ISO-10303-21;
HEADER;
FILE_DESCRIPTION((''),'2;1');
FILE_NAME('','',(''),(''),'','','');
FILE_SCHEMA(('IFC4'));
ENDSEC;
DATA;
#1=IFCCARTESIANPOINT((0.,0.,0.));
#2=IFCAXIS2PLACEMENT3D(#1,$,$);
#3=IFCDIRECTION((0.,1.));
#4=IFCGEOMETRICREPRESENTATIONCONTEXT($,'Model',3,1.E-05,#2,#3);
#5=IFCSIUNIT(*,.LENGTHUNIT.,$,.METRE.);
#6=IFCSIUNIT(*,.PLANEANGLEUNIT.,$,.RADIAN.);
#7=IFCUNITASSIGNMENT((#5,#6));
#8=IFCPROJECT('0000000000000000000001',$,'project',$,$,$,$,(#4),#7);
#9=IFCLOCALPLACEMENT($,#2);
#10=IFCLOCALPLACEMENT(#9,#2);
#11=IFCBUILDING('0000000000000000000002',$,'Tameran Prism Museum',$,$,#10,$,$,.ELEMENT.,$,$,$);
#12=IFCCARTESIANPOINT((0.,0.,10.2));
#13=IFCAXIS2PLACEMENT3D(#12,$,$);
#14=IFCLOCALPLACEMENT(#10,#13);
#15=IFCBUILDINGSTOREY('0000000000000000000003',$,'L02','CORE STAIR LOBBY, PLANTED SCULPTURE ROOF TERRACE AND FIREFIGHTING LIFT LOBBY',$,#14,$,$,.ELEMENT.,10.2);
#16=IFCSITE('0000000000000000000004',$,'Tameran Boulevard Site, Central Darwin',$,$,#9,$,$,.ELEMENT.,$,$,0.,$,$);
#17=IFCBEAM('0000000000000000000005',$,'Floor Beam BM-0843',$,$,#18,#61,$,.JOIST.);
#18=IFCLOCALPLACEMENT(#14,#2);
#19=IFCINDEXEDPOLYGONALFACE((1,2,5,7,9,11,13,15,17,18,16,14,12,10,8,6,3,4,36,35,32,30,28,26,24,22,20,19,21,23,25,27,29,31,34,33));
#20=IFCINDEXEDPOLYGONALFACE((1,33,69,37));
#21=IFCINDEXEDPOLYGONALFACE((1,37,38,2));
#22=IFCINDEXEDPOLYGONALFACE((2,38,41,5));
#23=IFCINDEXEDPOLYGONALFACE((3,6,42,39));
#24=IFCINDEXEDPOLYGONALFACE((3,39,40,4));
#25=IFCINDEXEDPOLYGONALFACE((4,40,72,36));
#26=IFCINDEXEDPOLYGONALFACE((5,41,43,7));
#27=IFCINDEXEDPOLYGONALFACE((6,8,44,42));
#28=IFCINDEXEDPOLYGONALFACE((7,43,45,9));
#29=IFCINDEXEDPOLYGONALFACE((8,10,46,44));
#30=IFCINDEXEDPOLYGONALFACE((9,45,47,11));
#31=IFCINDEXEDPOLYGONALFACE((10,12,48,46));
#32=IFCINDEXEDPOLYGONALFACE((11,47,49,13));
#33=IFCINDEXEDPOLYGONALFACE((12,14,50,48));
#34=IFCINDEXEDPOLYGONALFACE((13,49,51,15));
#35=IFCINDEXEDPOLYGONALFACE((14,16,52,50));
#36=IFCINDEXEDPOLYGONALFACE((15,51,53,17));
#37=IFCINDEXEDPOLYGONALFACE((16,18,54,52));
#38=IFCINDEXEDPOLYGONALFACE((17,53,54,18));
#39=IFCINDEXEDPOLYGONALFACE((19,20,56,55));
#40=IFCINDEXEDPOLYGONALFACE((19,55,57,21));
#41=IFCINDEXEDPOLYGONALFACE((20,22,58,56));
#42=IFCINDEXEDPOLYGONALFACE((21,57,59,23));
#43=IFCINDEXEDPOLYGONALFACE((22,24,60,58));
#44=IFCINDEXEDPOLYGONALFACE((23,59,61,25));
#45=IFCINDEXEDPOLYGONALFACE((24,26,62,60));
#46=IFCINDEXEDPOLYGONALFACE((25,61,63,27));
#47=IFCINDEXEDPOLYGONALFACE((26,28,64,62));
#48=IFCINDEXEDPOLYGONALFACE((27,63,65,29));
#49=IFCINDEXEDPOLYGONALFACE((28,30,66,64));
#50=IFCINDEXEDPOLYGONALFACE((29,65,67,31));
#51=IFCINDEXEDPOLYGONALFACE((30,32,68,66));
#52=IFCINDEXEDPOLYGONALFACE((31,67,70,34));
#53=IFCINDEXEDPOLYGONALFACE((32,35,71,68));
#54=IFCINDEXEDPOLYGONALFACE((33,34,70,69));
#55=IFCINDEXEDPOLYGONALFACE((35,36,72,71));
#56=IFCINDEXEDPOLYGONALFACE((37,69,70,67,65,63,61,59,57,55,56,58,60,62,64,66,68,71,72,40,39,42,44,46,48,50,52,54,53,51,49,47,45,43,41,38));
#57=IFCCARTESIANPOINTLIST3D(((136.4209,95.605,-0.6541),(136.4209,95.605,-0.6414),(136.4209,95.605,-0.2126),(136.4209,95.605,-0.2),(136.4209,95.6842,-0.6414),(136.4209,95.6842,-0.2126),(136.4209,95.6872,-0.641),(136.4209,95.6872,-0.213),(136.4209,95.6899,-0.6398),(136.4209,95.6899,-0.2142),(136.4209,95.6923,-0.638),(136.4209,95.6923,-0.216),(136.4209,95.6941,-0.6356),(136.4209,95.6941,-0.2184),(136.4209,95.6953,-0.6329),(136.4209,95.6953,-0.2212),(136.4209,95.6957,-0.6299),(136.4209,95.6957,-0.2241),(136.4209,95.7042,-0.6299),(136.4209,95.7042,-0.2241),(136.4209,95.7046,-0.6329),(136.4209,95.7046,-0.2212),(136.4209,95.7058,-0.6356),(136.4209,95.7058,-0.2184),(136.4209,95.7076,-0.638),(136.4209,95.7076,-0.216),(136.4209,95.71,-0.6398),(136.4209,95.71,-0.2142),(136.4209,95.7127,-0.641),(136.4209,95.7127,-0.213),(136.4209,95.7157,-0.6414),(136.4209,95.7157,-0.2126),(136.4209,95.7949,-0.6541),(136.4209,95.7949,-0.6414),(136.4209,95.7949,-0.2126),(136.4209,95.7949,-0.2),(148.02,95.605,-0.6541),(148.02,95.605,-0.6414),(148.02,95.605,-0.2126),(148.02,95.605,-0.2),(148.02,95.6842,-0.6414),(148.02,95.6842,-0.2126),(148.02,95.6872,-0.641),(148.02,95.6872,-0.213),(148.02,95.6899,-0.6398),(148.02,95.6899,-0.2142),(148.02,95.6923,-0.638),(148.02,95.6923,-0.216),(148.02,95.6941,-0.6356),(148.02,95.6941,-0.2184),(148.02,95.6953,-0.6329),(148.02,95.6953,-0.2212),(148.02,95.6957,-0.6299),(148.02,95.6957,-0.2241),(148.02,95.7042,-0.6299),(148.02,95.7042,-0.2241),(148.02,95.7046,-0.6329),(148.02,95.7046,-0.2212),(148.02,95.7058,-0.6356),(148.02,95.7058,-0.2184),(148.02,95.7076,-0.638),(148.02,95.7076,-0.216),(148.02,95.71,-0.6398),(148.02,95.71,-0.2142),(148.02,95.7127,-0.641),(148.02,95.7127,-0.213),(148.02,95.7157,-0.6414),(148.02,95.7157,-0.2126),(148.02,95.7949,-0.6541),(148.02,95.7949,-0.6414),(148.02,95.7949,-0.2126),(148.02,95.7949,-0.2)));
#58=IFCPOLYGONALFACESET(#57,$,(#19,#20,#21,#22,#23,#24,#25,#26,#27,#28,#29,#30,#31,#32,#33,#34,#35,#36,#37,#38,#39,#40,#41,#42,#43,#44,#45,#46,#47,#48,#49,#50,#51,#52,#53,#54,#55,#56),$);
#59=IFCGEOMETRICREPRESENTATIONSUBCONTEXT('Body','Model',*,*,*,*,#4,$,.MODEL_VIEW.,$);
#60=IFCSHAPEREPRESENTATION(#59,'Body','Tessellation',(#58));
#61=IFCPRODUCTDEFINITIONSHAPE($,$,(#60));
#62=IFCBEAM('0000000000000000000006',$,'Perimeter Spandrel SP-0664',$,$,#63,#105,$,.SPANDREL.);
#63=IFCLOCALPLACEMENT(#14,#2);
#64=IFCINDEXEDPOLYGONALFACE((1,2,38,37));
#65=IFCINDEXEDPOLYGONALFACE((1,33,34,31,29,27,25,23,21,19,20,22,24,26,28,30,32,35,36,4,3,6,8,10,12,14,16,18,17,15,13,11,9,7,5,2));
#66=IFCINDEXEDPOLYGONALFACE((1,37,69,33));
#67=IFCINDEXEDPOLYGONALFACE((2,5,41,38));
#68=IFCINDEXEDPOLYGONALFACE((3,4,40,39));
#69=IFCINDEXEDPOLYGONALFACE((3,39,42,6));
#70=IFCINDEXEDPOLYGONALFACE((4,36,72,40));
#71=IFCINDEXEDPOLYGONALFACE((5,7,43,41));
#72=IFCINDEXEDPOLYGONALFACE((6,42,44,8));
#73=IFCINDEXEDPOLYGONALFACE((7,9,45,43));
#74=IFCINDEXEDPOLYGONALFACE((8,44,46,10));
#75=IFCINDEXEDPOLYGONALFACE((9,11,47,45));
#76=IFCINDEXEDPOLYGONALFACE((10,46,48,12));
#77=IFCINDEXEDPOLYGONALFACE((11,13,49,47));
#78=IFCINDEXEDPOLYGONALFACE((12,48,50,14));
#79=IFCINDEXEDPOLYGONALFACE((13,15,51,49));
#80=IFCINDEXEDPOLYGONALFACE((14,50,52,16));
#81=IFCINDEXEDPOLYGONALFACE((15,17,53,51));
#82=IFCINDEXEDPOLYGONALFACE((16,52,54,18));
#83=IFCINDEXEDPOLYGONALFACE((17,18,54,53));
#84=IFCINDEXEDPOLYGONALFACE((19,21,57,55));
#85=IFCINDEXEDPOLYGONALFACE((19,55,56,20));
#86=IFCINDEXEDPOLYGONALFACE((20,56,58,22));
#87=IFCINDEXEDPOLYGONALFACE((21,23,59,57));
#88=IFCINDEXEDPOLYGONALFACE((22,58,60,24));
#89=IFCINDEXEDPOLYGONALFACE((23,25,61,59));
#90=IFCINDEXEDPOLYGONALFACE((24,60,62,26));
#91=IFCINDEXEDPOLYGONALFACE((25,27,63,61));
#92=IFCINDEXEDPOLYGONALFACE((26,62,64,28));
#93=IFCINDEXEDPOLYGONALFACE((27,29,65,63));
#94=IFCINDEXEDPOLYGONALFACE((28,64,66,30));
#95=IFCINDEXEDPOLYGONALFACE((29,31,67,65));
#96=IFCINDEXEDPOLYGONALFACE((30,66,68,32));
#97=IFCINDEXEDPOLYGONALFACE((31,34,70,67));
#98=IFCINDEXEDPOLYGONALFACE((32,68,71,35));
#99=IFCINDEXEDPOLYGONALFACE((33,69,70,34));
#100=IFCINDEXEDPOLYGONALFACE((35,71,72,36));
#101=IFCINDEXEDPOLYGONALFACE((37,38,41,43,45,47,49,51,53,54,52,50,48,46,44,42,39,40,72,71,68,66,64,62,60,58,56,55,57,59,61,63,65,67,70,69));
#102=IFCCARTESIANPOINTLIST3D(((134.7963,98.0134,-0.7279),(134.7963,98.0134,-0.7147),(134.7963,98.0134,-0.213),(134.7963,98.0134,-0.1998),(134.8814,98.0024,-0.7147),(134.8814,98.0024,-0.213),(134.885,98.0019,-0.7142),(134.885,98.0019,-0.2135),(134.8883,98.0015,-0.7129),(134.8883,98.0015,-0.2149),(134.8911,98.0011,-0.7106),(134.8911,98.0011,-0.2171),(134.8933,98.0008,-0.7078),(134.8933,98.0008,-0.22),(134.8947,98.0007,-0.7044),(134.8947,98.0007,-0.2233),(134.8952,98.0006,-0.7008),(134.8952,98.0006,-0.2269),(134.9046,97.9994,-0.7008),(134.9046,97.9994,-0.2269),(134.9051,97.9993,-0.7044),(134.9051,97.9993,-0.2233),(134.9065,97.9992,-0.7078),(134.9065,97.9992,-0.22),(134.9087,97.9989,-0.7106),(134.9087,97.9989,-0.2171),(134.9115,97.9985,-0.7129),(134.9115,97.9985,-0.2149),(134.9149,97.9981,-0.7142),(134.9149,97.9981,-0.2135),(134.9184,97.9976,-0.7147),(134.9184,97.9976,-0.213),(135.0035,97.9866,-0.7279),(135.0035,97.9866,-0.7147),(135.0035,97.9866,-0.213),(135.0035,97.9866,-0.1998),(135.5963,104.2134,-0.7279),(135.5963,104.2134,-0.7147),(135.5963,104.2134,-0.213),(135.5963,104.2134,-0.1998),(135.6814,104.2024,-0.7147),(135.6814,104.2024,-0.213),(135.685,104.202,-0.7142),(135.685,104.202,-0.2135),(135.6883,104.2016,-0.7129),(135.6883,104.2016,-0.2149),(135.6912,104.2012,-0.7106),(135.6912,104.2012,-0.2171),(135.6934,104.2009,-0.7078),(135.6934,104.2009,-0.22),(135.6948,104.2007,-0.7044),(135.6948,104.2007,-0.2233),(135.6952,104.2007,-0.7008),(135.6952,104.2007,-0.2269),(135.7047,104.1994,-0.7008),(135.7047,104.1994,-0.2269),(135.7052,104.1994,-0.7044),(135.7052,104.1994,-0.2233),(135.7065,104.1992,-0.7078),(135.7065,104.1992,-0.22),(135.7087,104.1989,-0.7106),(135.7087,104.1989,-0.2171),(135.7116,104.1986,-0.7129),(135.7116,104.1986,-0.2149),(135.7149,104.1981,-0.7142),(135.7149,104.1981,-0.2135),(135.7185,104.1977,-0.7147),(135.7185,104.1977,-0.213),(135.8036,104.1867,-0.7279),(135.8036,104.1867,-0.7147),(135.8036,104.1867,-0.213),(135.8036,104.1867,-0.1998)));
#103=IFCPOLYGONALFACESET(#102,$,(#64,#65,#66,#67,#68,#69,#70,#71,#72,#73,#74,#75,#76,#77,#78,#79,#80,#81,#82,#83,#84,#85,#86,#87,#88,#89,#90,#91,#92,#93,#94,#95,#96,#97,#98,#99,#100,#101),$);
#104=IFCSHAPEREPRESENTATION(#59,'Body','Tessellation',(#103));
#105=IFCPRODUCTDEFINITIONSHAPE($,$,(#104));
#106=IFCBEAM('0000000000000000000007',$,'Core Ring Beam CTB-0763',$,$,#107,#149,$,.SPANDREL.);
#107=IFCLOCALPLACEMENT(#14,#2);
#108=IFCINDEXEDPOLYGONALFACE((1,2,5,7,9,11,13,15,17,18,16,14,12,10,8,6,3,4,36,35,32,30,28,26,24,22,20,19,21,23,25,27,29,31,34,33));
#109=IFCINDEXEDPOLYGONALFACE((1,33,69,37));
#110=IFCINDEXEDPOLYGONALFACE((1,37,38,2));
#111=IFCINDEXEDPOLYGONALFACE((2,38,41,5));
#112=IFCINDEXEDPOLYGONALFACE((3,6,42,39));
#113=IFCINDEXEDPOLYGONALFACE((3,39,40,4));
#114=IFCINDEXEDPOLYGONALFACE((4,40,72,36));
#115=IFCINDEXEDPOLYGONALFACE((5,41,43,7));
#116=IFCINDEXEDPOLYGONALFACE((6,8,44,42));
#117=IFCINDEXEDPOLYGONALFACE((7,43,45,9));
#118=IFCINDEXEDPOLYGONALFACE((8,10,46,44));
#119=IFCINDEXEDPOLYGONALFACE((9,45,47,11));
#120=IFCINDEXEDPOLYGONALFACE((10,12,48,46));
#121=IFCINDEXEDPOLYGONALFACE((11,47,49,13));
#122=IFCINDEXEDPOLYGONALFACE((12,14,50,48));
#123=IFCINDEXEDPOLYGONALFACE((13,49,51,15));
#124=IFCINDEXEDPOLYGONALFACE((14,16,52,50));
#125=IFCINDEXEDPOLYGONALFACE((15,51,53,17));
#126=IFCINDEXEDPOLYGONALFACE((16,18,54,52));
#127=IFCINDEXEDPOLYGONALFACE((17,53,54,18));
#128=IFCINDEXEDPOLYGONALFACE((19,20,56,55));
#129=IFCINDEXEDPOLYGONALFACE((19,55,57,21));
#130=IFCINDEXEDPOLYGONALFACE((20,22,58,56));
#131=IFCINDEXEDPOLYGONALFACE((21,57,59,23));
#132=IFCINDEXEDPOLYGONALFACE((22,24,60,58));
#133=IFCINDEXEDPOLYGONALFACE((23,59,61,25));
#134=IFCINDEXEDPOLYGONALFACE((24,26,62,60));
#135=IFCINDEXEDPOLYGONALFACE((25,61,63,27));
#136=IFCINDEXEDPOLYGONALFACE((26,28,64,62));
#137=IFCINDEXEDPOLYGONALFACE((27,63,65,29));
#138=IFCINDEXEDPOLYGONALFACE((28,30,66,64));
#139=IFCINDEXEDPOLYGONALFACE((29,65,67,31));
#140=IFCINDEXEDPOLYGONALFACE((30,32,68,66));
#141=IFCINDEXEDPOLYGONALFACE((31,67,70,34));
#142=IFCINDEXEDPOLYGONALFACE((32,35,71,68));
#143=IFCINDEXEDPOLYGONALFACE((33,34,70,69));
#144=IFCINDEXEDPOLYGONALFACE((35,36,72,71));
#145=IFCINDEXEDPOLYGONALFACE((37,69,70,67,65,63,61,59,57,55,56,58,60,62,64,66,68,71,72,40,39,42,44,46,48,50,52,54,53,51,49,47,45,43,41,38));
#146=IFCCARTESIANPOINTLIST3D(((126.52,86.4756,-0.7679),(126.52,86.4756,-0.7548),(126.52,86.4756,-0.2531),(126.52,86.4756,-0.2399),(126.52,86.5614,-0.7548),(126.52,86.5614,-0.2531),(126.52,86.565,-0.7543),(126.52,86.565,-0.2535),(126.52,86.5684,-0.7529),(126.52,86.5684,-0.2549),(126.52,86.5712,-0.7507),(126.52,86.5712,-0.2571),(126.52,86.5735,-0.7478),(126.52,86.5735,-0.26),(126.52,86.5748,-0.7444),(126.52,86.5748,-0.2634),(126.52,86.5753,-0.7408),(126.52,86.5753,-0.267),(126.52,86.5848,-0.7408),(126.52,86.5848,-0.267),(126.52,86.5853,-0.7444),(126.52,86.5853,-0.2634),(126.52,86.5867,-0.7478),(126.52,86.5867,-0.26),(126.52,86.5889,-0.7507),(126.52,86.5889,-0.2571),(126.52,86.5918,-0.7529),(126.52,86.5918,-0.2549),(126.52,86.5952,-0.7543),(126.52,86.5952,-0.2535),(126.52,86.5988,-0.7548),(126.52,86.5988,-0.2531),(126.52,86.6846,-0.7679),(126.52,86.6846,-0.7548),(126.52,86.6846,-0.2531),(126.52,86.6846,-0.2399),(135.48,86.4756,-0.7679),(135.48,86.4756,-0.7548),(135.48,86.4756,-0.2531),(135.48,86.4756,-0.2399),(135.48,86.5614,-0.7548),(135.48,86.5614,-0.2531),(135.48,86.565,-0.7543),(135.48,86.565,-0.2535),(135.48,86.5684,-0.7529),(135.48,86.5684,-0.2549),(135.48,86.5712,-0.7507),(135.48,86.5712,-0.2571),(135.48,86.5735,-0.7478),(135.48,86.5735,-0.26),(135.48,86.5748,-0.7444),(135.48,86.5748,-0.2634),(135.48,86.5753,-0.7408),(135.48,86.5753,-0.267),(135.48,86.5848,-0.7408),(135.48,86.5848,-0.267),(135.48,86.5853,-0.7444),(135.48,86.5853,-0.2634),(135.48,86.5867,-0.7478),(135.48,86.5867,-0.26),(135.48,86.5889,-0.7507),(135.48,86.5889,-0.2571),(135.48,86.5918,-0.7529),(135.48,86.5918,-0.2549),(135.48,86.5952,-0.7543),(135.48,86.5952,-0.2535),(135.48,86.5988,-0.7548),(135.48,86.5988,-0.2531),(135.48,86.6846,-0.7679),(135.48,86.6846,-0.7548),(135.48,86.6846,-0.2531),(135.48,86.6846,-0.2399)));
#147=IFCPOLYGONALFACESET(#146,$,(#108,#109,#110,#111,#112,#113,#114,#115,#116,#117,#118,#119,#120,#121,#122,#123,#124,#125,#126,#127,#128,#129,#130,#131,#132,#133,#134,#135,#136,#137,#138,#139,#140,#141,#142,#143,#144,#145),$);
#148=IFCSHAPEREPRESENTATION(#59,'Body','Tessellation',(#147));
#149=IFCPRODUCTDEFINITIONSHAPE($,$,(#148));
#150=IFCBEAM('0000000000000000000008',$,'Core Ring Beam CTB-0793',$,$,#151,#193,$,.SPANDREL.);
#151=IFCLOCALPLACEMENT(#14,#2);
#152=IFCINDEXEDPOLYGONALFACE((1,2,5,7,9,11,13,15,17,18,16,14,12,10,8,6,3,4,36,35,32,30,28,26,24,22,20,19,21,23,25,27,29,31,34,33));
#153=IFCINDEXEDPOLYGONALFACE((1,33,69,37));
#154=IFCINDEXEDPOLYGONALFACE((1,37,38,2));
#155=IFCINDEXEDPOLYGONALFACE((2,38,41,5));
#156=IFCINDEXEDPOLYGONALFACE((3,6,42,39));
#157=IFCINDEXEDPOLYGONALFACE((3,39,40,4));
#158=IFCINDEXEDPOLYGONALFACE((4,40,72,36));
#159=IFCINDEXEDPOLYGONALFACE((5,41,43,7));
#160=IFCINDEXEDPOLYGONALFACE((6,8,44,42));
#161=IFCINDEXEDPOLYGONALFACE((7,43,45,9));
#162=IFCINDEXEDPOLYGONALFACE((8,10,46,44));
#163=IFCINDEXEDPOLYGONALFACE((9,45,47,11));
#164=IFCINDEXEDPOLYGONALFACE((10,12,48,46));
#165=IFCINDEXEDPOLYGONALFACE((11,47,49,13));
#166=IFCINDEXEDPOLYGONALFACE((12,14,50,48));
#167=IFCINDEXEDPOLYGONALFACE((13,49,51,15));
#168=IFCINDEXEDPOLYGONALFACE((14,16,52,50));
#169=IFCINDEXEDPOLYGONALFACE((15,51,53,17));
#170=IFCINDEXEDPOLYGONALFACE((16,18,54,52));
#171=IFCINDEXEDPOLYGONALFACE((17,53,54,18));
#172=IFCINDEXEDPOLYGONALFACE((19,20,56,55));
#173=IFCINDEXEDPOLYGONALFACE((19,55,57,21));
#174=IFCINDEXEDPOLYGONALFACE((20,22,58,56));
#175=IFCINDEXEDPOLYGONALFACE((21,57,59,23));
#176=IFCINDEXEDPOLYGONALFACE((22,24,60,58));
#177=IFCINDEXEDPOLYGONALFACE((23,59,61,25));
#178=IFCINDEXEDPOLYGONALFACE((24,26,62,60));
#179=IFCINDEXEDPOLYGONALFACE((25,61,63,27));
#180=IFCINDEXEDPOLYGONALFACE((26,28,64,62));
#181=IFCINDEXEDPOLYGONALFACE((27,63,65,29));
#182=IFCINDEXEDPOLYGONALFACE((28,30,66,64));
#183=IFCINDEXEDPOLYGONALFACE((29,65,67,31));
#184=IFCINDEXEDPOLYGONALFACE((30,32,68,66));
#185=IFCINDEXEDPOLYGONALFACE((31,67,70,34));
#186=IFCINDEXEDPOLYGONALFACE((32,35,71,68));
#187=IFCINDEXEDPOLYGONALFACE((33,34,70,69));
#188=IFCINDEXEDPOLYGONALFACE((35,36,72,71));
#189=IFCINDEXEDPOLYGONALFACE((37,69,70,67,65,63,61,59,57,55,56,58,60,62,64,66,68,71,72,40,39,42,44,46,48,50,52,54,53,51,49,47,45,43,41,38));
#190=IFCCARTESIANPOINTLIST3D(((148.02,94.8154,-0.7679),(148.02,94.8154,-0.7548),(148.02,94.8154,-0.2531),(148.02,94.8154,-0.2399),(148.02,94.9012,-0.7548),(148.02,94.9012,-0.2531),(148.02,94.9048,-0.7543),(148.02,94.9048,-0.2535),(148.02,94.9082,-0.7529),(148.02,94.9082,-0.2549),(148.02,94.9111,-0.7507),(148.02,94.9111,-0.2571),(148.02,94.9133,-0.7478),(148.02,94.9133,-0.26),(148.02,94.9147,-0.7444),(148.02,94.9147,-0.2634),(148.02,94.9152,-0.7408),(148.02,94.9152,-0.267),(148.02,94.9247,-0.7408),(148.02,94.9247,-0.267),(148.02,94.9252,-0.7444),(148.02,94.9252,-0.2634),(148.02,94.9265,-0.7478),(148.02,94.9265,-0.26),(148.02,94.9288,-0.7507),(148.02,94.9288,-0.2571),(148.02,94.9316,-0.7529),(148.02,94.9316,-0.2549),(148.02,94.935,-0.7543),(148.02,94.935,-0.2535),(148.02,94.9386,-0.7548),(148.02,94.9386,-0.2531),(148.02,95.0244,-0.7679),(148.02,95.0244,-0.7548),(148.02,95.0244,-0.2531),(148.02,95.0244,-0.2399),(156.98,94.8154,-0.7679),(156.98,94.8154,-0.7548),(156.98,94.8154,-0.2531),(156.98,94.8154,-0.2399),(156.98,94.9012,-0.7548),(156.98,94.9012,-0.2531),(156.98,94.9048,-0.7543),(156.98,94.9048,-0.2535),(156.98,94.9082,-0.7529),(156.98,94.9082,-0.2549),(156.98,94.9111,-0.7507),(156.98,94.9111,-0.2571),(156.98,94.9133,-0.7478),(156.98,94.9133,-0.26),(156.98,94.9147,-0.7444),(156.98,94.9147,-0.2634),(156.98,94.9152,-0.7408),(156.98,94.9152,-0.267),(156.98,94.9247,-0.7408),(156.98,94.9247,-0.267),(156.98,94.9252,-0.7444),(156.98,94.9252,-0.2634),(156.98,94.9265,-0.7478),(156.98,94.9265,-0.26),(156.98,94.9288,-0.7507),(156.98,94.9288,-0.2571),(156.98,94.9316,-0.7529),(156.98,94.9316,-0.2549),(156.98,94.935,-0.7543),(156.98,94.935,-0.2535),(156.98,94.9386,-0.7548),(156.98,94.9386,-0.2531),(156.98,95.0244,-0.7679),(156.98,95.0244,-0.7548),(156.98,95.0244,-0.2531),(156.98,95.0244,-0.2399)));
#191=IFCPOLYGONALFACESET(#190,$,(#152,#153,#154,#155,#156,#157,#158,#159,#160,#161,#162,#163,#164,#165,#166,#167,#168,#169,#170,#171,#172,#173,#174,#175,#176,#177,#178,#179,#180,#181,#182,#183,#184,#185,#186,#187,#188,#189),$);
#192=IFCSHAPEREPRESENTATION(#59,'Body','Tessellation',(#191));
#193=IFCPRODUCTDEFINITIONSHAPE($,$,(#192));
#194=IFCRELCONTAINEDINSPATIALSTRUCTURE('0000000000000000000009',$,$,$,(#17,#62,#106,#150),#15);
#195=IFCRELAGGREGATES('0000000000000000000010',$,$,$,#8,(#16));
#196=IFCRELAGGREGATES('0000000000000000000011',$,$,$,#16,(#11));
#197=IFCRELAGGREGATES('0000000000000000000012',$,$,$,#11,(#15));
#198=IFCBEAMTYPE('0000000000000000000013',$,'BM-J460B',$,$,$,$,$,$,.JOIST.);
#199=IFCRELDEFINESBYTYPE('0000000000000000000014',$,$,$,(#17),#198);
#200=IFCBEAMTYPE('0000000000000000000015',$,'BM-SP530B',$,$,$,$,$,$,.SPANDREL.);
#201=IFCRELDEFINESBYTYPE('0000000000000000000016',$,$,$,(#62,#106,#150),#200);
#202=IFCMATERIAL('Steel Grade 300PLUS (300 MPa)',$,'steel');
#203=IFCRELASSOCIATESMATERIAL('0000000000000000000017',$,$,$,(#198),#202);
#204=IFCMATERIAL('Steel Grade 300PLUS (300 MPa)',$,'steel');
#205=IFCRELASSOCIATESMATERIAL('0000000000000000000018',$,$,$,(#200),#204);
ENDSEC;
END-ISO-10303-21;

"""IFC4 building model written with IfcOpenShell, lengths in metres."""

from ifc_helpers import new_model, si_unit, direction, frame, origin, origin_2d, place, context, subcontext, project, spatial, i_section, extrude, material, material_profile, profile_set, type_object, element, save


model = new_model("IFC4")

# Units and contexts
model_context = context("Model", 3, precision=1e-05, world=origin(), true_north=direction((0.0, 1.0)))
body_context = subcontext(model_context, "Body", "Model", "MODEL_VIEW")
ifc_project = project(units=[si_unit("LENGTHUNIT", "METRE"), si_unit("PLANEANGLEUNIT", "RADIAN")], contexts=[model_context])

# Site, building, storey
site_placement = place(None, origin())
site = spatial("IfcSite", under=ifc_project, at=site_placement, Name="Tameran Boulevard Site, Central Darwin", CompositionType="ELEMENT", RefElevation=0.0)
building_placement = place(site_placement, origin())
building = spatial("IfcBuilding", under=site, at=building_placement, Name="Tameran Prism Museum", CompositionType="ELEMENT")
storey_placement = place(building_placement, frame((0.0, 0.0, 10.2)))
storey = spatial("IfcBuildingStorey", under=building, at=storey_placement, Name="L02", Description="CORE STAIR LOBBY, PLANTED SCULPTURE ROOF TERRACE AND FIREFIGHTING LIFT LOBBY", CompositionType="ELEMENT", Elevation=10.2)

# Beams
ifc_material_1 = material(Name="Steel Grade 300PLUS (300 MPa)", Category="steel")
ifc_material_profile_1 = material_profile(ifc_material_1, i_section(OverallWidth=0.1899, OverallDepth=0.4541, WebThickness=0.0085, FlangeThickness=0.0127, FilletRadius=0.0115, at=origin_2d()))
ifc_profile_set_1 = profile_set([ifc_material_profile_1])
beam_type_1 = type_object("IfcBeamType", Name="BM-J460B", PredefinedType="JOIST", material=ifc_profile_set_1)
beam_1_placement = place(storey_placement, frame((136.4209, 95.7, -0.427), z_axis=(1.0, 0.0, 0.0), x_axis=(0.0, 1.0, 0.0)))
element("IfcBeam", 1, at=beam_1_placement, inside=storey, type_object=beam_type_1, Name="Floor Beam BM-0843", PredefinedType="JOIST", context=body_context, shape_type="SweptSolid", body=[
    extrude(i_section(OverallWidth=0.1899, OverallDepth=0.4541, WebThickness=0.0085, FlangeThickness=0.0127, FilletRadius=0.0115, at=origin_2d()), origin(), (0.0, 0.0, 1.0), 11.5991),
])
ifc_material_2 = material(Name="Steel Grade 300PLUS (300 MPa)", Category="steel")
ifc_material_profile_2 = material_profile(ifc_material_2, i_section(OverallWidth=0.209, OverallDepth=0.5281, WebThickness=0.0095, FlangeThickness=0.0132, FilletRadius=0.0139, at=origin_2d()))
ifc_profile_set_2 = profile_set([ifc_material_profile_2])
beam_type_2 = type_object("IfcBeamType", Name="BM-SP530B", PredefinedType="SPANDREL", material=ifc_profile_set_2)
beam_2_placement = place(storey_placement, frame((134.8999, 98.0, -0.4639), z_axis=(0.12798, 0.991777, 0.0), x_axis=(-0.991777, 0.12798, 0.0)))
element("IfcBeam", 2, at=beam_2_placement, inside=storey, type_object=beam_type_2, Name="Perimeter Spandrel SP-0664", PredefinedType="SPANDREL", context=body_context, shape_type="SweptSolid", body=[
    extrude(i_section(OverallWidth=0.209, OverallDepth=0.5281, WebThickness=0.0095, FlangeThickness=0.0132, FilletRadius=0.0139, at=origin_2d()), origin(), (0.0, 0.0, 1.0), 6.2515),
])
for number, where, z_axis, x_axis, name in (
    (3, (135.48, 86.5801, -0.5039), (-1.0, 0.0, 0.0), (0.0, -1.0, 0.0), "Core Ring Beam CTB-0763"),
    (4, (148.02, 94.9199, -0.5039), (1.0, 0.0, 0.0), (0.0, 1.0, 0.0), "Core Ring Beam CTB-0793"),
):
    element("IfcBeam", number, at=place(storey_placement, frame(where, z_axis=z_axis, x_axis=x_axis)), inside=storey, type_object=beam_type_2, Name=name, PredefinedType="SPANDREL", context=body_context, shape_type="SweptSolid", body=[
        extrude(i_section(OverallWidth=0.209, OverallDepth=0.5281, WebThickness=0.0095, FlangeThickness=0.0132, FilletRadius=0.0139, at=origin_2d()), origin(), (0.0, 0.0, 1.0), 8.96),
    ])

save(model, "model.ifc")
